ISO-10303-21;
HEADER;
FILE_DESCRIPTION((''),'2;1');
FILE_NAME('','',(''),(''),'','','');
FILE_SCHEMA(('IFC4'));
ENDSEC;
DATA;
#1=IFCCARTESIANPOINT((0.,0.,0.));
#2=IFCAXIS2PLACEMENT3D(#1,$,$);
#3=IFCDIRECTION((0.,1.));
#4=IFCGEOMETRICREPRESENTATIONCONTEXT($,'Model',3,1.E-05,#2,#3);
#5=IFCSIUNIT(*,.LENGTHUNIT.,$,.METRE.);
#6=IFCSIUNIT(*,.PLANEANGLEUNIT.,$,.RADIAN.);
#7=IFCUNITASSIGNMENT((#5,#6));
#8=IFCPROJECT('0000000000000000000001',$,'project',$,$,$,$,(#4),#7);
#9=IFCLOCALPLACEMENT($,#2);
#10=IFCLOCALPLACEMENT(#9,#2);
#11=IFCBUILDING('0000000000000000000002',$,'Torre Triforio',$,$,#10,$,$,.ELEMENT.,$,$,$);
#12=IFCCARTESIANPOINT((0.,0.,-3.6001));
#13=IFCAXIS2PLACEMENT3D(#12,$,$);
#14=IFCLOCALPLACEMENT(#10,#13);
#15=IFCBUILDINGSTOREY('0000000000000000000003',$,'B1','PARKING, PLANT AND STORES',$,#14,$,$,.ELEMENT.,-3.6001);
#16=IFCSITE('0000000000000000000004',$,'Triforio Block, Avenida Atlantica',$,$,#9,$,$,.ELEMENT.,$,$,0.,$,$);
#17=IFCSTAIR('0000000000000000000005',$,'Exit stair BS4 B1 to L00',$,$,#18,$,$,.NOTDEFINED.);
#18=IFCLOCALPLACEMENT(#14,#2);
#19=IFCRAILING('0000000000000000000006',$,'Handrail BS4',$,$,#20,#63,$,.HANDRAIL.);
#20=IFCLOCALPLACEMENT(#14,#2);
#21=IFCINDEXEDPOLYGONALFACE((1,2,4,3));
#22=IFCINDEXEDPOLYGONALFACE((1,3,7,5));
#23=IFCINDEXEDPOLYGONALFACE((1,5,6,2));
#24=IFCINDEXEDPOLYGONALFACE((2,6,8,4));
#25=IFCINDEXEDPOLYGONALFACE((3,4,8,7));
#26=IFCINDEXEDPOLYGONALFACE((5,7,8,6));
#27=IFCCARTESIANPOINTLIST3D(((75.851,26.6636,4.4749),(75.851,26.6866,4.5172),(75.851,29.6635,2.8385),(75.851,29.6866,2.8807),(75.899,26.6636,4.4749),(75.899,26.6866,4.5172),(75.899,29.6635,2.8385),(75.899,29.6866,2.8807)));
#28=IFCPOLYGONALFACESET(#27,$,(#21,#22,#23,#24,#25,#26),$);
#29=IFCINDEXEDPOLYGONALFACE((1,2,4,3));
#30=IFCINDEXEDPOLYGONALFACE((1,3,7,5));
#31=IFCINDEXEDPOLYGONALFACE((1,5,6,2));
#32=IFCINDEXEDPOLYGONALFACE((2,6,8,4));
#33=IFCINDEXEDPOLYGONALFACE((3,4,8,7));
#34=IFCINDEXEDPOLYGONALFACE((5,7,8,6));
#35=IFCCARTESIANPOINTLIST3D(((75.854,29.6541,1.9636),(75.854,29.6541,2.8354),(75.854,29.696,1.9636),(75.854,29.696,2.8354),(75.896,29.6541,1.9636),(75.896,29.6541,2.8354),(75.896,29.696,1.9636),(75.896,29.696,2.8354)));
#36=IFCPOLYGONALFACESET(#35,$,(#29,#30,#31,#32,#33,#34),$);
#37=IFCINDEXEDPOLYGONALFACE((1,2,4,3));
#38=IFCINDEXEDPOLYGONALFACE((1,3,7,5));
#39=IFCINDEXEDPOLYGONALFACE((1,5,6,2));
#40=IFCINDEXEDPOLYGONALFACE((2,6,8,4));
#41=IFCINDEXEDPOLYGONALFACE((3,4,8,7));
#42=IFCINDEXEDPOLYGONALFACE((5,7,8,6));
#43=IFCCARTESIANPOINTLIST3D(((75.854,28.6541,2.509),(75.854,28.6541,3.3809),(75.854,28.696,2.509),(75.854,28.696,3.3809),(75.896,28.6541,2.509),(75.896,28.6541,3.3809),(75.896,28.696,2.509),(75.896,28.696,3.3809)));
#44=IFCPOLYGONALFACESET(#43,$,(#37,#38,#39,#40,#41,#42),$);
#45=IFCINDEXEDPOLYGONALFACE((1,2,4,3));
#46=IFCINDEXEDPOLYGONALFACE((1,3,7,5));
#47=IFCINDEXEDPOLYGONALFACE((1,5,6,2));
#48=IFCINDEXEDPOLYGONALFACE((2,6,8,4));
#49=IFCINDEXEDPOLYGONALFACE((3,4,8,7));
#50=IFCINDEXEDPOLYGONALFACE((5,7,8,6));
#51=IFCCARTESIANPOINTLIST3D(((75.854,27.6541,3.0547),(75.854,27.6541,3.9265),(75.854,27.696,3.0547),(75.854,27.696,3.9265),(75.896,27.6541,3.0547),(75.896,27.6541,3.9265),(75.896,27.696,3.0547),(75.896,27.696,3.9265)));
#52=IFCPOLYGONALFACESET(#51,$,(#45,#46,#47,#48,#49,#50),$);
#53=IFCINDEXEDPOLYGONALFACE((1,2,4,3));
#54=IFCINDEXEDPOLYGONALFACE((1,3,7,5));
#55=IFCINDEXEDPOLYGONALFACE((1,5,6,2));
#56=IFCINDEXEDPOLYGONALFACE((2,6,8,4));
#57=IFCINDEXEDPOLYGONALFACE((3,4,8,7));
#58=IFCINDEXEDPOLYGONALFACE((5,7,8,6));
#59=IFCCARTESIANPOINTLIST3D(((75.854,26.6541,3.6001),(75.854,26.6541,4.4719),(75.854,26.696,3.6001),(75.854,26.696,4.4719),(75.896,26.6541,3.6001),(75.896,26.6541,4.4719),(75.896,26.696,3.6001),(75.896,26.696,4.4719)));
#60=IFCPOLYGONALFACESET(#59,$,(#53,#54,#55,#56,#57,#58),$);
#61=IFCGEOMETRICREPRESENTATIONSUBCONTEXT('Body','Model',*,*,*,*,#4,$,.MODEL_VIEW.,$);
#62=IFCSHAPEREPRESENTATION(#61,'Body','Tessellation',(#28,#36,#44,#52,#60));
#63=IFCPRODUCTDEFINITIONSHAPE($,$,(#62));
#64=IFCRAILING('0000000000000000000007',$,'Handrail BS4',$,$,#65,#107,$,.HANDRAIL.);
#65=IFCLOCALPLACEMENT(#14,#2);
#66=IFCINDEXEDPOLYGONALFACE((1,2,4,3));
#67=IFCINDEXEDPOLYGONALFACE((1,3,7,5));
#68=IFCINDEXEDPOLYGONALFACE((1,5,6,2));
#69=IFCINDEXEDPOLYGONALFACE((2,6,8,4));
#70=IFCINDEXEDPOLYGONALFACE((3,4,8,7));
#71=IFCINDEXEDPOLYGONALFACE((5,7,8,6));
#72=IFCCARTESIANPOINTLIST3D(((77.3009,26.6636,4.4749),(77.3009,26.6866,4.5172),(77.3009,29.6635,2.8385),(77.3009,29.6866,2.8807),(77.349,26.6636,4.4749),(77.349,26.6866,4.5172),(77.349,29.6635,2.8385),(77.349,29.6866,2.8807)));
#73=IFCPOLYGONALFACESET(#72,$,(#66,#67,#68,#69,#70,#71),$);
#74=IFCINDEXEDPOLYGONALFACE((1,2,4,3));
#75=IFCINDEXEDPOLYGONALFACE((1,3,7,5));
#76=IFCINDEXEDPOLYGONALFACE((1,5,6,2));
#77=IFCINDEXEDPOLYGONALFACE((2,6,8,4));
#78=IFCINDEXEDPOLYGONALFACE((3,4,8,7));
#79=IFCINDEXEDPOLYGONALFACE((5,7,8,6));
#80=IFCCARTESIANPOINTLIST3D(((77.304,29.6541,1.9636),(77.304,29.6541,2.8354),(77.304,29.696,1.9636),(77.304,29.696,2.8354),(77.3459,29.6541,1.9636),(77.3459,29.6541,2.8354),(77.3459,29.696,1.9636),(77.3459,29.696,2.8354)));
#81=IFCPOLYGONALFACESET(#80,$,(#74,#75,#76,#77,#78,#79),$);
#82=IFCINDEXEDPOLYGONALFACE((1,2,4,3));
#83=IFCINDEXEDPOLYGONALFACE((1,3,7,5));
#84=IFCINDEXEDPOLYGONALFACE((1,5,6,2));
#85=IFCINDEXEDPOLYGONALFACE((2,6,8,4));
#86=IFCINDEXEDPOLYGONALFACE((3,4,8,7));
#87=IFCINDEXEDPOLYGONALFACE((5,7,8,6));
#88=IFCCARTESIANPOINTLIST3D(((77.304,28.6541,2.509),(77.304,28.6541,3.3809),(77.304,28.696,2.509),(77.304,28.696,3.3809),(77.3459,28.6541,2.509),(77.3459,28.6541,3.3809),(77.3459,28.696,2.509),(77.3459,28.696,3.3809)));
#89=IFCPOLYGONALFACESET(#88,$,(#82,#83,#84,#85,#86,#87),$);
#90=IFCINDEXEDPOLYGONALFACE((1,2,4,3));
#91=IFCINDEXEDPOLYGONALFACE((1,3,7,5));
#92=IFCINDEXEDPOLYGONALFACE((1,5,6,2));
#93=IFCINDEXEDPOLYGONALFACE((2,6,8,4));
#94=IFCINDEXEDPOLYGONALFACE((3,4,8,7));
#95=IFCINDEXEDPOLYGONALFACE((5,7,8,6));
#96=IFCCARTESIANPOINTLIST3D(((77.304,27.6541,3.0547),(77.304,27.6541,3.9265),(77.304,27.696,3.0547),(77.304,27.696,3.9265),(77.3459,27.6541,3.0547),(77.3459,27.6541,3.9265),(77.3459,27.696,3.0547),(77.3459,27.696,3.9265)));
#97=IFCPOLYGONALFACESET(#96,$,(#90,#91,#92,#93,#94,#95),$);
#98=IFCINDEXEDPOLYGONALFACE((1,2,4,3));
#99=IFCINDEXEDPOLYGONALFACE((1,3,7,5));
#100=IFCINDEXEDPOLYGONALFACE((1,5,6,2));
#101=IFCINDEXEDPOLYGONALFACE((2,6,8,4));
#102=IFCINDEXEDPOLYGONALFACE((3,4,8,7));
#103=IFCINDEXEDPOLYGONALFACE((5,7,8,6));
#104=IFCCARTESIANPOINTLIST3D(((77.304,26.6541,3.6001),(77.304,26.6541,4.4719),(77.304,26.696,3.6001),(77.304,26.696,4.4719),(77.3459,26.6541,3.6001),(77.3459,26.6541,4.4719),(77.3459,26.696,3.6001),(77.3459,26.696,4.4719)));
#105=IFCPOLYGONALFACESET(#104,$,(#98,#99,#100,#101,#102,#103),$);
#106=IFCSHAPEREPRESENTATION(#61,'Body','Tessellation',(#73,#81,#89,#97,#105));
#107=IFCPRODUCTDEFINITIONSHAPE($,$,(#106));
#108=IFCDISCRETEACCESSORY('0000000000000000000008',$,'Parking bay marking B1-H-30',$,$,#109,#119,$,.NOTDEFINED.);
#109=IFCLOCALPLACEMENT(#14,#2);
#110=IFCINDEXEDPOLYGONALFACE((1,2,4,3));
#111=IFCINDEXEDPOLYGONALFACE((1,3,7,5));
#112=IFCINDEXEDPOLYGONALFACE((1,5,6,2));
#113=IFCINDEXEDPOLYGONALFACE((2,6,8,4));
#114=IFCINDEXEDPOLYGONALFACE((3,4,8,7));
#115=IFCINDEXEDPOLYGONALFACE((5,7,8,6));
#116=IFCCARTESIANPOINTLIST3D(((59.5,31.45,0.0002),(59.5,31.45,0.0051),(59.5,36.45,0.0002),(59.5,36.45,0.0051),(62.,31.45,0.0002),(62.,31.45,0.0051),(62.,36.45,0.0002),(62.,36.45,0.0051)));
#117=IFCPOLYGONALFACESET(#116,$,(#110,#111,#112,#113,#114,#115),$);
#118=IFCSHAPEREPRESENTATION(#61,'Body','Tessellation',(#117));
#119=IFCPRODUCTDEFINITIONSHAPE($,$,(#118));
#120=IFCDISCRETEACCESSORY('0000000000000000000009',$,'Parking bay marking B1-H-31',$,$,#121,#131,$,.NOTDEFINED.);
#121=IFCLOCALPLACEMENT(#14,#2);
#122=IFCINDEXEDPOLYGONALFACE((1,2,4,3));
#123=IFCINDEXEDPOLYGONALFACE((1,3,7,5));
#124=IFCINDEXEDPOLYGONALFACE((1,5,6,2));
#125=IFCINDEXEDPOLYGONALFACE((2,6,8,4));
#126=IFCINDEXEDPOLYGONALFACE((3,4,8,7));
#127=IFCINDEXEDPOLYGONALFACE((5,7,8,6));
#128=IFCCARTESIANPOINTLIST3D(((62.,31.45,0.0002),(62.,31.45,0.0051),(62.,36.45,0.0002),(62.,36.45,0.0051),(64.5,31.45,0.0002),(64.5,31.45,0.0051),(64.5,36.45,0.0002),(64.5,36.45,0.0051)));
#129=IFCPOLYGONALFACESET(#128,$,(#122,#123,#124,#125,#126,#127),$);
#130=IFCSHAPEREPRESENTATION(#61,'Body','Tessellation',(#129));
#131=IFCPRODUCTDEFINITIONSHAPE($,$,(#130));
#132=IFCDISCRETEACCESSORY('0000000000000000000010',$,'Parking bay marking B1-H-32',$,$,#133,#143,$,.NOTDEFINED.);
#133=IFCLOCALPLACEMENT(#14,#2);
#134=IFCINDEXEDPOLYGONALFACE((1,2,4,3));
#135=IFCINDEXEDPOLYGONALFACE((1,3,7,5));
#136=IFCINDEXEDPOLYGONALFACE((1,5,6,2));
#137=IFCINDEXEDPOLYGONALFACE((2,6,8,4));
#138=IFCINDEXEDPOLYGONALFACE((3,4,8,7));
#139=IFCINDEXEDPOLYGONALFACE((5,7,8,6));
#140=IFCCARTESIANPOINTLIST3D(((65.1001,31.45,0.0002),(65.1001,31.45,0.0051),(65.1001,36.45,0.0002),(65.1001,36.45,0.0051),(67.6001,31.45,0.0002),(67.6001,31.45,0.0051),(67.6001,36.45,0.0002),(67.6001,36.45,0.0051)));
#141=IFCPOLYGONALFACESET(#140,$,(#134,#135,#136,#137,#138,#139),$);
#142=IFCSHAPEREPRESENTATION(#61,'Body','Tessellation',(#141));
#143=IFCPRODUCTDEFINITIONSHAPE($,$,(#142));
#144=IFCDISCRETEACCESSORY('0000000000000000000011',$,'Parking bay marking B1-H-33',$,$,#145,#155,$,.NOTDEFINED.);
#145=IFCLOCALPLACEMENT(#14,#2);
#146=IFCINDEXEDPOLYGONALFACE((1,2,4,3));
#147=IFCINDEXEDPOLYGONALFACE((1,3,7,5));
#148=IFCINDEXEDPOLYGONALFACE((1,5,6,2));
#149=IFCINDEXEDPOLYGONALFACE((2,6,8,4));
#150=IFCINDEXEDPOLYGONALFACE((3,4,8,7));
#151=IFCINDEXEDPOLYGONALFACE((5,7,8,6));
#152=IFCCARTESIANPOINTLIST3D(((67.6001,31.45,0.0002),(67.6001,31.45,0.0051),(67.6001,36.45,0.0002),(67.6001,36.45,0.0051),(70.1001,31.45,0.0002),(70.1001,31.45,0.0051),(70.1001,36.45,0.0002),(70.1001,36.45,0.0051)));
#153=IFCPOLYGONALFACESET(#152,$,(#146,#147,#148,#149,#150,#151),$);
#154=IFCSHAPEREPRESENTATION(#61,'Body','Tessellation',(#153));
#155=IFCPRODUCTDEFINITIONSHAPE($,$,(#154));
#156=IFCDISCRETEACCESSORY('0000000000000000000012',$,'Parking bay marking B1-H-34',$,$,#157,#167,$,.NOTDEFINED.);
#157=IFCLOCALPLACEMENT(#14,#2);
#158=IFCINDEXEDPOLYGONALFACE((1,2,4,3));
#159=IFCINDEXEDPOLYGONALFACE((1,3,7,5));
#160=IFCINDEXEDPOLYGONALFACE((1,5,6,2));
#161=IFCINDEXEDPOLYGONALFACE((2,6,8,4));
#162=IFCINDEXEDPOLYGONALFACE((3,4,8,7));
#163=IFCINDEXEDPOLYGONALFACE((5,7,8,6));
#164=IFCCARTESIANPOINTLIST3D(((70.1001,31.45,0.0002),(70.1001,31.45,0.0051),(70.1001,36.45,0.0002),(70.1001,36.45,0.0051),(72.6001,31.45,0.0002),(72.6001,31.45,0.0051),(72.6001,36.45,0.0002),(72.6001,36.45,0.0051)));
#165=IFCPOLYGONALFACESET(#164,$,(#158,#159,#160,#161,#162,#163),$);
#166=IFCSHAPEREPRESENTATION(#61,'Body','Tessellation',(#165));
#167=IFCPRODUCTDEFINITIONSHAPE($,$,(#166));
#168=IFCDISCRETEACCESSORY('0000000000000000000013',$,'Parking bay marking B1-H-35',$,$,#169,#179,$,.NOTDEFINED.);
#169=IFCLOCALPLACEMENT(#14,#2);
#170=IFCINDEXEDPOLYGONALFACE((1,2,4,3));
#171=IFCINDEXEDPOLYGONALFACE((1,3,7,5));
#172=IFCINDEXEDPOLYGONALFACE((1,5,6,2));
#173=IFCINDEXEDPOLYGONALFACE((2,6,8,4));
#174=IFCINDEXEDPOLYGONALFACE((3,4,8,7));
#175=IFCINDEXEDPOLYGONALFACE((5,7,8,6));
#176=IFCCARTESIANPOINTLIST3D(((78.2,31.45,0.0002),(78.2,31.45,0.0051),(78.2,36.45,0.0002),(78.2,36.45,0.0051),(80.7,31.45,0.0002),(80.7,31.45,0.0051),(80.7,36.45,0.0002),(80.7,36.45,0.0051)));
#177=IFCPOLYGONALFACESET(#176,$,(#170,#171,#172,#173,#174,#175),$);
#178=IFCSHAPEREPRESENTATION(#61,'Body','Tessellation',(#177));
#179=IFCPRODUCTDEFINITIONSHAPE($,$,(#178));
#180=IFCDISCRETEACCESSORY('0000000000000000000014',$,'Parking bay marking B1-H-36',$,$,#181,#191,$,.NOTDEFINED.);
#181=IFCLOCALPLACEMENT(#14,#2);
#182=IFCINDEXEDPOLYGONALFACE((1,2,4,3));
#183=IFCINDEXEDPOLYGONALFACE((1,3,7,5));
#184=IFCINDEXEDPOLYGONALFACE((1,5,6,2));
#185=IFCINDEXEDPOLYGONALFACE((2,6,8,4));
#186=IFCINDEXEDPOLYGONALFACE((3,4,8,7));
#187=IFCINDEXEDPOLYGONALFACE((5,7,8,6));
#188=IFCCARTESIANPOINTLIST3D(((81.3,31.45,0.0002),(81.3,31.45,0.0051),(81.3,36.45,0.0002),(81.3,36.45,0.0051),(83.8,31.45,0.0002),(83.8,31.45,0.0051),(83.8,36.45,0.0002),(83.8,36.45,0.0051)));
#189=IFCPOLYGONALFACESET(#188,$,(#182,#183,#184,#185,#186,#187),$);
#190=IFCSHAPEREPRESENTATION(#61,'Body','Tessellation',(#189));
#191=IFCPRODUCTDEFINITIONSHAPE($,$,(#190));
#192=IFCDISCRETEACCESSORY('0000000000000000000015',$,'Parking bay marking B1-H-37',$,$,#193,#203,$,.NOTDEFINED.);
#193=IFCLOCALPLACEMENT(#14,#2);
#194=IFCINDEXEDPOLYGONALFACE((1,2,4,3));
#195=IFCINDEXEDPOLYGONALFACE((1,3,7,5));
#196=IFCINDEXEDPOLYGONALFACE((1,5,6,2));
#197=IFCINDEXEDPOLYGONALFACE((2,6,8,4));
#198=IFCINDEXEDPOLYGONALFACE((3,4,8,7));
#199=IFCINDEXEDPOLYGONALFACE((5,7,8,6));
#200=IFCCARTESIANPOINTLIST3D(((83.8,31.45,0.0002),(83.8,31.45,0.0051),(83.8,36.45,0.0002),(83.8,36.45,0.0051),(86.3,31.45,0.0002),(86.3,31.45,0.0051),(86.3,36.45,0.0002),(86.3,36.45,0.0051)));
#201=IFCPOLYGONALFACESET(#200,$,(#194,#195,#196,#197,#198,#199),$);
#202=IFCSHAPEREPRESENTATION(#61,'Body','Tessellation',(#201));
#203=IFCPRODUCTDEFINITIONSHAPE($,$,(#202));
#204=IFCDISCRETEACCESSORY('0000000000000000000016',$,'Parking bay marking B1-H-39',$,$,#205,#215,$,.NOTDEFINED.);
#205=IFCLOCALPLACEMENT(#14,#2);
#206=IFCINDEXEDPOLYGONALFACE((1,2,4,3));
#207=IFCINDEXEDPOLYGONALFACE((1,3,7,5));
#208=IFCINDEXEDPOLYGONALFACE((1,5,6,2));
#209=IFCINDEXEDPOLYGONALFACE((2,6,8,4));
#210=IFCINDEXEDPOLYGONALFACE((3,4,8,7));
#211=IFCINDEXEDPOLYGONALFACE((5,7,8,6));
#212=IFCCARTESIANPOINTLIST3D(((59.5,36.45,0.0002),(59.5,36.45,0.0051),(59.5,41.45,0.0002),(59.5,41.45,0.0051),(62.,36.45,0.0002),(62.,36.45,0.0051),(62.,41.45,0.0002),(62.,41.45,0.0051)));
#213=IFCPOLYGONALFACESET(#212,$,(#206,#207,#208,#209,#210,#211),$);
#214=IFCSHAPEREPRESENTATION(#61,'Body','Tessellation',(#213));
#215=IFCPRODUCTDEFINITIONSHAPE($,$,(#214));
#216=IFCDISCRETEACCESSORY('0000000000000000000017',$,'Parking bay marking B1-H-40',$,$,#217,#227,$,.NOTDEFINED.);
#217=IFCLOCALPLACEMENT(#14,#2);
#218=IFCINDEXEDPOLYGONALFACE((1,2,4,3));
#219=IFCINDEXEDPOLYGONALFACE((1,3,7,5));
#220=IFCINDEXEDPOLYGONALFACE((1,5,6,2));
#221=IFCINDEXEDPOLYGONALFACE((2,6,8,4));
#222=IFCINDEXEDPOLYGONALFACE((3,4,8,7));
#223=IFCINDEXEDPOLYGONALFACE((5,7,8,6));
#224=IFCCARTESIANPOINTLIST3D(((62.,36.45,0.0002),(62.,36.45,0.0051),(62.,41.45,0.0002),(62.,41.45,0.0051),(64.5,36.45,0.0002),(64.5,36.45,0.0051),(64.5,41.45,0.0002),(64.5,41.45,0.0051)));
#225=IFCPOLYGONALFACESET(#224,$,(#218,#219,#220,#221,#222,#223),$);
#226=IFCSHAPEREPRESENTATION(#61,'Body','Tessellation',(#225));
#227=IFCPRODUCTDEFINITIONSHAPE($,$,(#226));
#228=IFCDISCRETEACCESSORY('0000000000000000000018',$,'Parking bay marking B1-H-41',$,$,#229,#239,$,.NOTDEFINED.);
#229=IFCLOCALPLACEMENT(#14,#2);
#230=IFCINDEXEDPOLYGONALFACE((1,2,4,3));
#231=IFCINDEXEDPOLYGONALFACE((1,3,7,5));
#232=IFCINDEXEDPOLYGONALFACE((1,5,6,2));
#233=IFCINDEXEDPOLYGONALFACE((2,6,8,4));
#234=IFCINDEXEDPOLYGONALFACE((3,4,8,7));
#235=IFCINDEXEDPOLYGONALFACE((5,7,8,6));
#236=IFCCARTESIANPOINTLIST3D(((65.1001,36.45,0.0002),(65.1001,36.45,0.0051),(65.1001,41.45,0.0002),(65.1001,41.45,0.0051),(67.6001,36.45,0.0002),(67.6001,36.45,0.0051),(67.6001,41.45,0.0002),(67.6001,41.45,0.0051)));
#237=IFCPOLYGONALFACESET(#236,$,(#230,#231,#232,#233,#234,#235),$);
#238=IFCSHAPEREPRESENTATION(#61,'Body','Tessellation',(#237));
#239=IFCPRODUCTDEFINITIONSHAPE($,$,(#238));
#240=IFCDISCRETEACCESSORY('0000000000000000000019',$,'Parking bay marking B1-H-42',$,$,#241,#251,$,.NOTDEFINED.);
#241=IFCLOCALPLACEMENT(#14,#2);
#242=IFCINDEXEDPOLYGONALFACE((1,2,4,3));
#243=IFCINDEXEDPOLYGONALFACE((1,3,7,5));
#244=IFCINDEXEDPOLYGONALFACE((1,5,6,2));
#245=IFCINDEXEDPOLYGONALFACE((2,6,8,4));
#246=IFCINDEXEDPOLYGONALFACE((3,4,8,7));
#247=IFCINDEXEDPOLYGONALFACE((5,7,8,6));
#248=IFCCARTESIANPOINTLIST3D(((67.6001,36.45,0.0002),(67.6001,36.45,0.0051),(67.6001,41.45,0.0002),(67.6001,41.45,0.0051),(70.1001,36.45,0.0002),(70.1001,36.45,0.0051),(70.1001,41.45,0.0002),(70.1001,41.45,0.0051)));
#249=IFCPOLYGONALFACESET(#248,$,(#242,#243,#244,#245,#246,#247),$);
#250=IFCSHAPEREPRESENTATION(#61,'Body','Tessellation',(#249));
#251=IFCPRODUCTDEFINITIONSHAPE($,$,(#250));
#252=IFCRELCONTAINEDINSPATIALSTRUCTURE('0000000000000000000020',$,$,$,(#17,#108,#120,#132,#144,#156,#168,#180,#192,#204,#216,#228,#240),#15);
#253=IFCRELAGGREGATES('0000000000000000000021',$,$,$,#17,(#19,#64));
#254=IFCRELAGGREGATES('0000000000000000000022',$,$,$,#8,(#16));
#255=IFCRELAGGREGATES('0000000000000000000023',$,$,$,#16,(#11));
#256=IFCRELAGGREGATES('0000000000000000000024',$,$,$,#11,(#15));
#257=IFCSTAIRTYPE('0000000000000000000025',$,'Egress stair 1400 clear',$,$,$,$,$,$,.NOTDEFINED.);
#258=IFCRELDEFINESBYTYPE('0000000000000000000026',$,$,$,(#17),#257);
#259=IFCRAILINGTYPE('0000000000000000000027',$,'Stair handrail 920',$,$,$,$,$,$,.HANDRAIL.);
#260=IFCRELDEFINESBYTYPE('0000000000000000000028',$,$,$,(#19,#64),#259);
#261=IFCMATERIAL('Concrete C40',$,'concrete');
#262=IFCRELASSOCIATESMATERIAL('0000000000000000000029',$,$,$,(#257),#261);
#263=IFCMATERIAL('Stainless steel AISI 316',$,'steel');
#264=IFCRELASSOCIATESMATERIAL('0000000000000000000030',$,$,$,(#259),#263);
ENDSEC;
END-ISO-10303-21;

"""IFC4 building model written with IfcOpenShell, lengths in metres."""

from ifc_helpers import new_model, si_unit, direction, frame, origin, origin_2d, place, context, subcontext, project, spatial, rectangle, extrude, material, type_object, element, aggregate, save


model = new_model("IFC4")

# Units and contexts
model_context = context("Model", 3, precision=1e-05, world=origin(), true_north=direction((0.0, 1.0)))
body_context = subcontext(model_context, "Body", "Model", "MODEL_VIEW")
ifc_project = project(units=[si_unit("LENGTHUNIT", "METRE"), si_unit("PLANEANGLEUNIT", "RADIAN")], contexts=[model_context])

# Site, building, storey
site_placement = place(None, origin())
site = spatial("IfcSite", under=ifc_project, at=site_placement, Name="Triforio Block, Avenida Atlantica", CompositionType="ELEMENT", RefElevation=0.0)
building_placement = place(site_placement, origin())
building = spatial("IfcBuilding", under=site, at=building_placement, Name="Torre Triforio", CompositionType="ELEMENT")
storey_placement = place(building_placement, frame((0.0, 0.0, -3.6001)))
storey = spatial("IfcBuildingStorey", under=building, at=storey_placement, Name="B1", Description="PARKING, PLANT AND STORES", CompositionType="ELEMENT", Elevation=-3.6001)

# Shared definitions
ifc_material_1 = material(Name="Concrete C40", Category="concrete")

# Stair, railings
stair_type = type_object("IfcStairType", Name="Egress stair 1400 clear", PredefinedType="NOTDEFINED", material=ifc_material_1)
stair_placement = place(storey_placement, origin())
stair = element("IfcStair", 1, at=stair_placement, inside=storey, type_object=stair_type, Name="Exit stair BS4 B1 to L00", PredefinedType="NOTDEFINED")
ifc_material_2 = material(Name="Stainless steel AISI 316", Category="steel")
railing_type = type_object("IfcRailingType", Name="Stair handrail 920", PredefinedType="HANDRAIL", material=ifc_material_2)
railing_1_placement = place(storey_placement, frame((75.875, 29.675, 1.9636)))
railing_1 = element("IfcRailing", 2, at=railing_1_placement, type_object=railing_type, Name="Handrail BS4", PredefinedType="HANDRAIL", context=body_context, shape_type="SweptSolid", body=[
    extrude(rectangle(XDim=0.0481, YDim=0.0481, at=origin_2d()), frame((0.0, 0.0, 0.896), z_axis=(0.0, -0.877882, 0.478877), x_axis=(1.0, 0.0, 0.0)), (0.0, 0.0, 1.0), 3.4172),
    extrude(rectangle(XDim=0.042, YDim=0.042, at=origin_2d()), origin(), (0.0, 0.0, 1.0), 0.8718),
    extrude(rectangle(XDim=0.042, YDim=0.042, at=origin_2d()), frame((0.0, -1.0, 0.5454)), (0.0, 0.0, 1.0), 0.8718),
    extrude(rectangle(XDim=0.042, YDim=0.042, at=origin_2d()), frame((0.0, -2.0, 1.0911)), (0.0, 0.0, 1.0), 0.8718),
    extrude(rectangle(XDim=0.042, YDim=0.042, at=origin_2d()), frame((0.0, -3.0, 1.6365)), (0.0, 0.0, 1.0), 0.8718),
])
railing_2_placement = place(storey_placement, frame((77.325, 29.675, 1.9636)))
railing_2 = element("IfcRailing", 3, at=railing_2_placement, type_object=railing_type, Name="Handrail BS4", PredefinedType="HANDRAIL", context=body_context, shape_type="SweptSolid", body=[
    extrude(rectangle(XDim=0.0481, YDim=0.0481, at=origin_2d()), frame((0.0, 0.0, 0.896), z_axis=(0.0, -0.877882, 0.478877), x_axis=(1.0, 0.0, 0.0)), (0.0, 0.0, 1.0), 3.4172),
    extrude(rectangle(XDim=0.042, YDim=0.042, at=origin_2d()), origin(), (0.0, 0.0, 1.0), 0.8718),
    extrude(rectangle(XDim=0.042, YDim=0.042, at=origin_2d()), frame((0.0, -1.0, 0.5454)), (0.0, 0.0, 1.0), 0.8718),
    extrude(rectangle(XDim=0.042, YDim=0.042, at=origin_2d()), frame((0.0, -2.0, 1.0911)), (0.0, 0.0, 1.0), 0.8718),
    extrude(rectangle(XDim=0.042, YDim=0.042, at=origin_2d()), frame((0.0, -3.0, 1.6365)), (0.0, 0.0, 1.0), 0.8718),
])
aggregate(stair, [railing_1, railing_2])

# Discrete accessories
for number, where, z_axis, x_axis, name in (
    (4, (60.75, 33.95, 0.0002), (0.0, 0.0, 1.0), (1.0, 0.0, 0.0), "Parking bay marking B1-H-30"),
    (5, (63.25, 33.95, 0.0002), (0.0, 0.0, 1.0), (1.0, 0.0, 0.0), "Parking bay marking B1-H-31"),
    (6, (66.3501, 33.95, 0.0002), (0.0, 0.0, 1.0), (1.0, 0.0, 0.0), "Parking bay marking B1-H-32"),
    (7, (68.8501, 33.95, 0.0002), (0.0, 0.0, 1.0), (1.0, 0.0, 0.0), "Parking bay marking B1-H-33"),
    (8, (71.3501, 33.95, 0.0002), (0.0, 0.0, 1.0), (1.0, 0.0, 0.0), "Parking bay marking B1-H-34"),
    (9, (79.45, 33.95, 0.0002), (0.0, 0.0, 1.0), (1.0, 0.0, 0.0), "Parking bay marking B1-H-35"),
    (10, (82.55, 33.95, 0.0002), (0.0, 0.0, 1.0), (1.0, 0.0, 0.0), "Parking bay marking B1-H-36"),
    (11, (85.05, 33.95, 0.0002), (0.0, 0.0, 1.0), (1.0, 0.0, 0.0), "Parking bay marking B1-H-37"),
    (12, (60.75, 38.95, 0.0002), (0.0, 0.0, 1.0), (1.0, 0.0, 0.0), "Parking bay marking B1-H-39"),
    (13, (63.25, 38.95, 0.0002), (0.0, 0.0, 1.0), (1.0, 0.0, 0.0), "Parking bay marking B1-H-40"),
    (14, (66.3501, 38.95, 0.0002), (0.0, 0.0, 1.0), (1.0, 0.0, 0.0), "Parking bay marking B1-H-41"),
    (15, (68.8501, 38.95, 0.0002), (0.0, 0.0, 1.0), (1.0, 0.0, 0.0), "Parking bay marking B1-H-42"),
):
    element("IfcDiscreteAccessory", number, at=place(storey_placement, frame(where, z_axis=z_axis, x_axis=x_axis)), inside=storey, Name=name, PredefinedType="NOTDEFINED", context=body_context, shape_type="SweptSolid", body=[
        extrude(rectangle(XDim=2.5, YDim=5.0, at=origin_2d()), origin(), (0.0, 0.0, 1.0), 0.0049),
    ])

save(model, "model.ifc")
